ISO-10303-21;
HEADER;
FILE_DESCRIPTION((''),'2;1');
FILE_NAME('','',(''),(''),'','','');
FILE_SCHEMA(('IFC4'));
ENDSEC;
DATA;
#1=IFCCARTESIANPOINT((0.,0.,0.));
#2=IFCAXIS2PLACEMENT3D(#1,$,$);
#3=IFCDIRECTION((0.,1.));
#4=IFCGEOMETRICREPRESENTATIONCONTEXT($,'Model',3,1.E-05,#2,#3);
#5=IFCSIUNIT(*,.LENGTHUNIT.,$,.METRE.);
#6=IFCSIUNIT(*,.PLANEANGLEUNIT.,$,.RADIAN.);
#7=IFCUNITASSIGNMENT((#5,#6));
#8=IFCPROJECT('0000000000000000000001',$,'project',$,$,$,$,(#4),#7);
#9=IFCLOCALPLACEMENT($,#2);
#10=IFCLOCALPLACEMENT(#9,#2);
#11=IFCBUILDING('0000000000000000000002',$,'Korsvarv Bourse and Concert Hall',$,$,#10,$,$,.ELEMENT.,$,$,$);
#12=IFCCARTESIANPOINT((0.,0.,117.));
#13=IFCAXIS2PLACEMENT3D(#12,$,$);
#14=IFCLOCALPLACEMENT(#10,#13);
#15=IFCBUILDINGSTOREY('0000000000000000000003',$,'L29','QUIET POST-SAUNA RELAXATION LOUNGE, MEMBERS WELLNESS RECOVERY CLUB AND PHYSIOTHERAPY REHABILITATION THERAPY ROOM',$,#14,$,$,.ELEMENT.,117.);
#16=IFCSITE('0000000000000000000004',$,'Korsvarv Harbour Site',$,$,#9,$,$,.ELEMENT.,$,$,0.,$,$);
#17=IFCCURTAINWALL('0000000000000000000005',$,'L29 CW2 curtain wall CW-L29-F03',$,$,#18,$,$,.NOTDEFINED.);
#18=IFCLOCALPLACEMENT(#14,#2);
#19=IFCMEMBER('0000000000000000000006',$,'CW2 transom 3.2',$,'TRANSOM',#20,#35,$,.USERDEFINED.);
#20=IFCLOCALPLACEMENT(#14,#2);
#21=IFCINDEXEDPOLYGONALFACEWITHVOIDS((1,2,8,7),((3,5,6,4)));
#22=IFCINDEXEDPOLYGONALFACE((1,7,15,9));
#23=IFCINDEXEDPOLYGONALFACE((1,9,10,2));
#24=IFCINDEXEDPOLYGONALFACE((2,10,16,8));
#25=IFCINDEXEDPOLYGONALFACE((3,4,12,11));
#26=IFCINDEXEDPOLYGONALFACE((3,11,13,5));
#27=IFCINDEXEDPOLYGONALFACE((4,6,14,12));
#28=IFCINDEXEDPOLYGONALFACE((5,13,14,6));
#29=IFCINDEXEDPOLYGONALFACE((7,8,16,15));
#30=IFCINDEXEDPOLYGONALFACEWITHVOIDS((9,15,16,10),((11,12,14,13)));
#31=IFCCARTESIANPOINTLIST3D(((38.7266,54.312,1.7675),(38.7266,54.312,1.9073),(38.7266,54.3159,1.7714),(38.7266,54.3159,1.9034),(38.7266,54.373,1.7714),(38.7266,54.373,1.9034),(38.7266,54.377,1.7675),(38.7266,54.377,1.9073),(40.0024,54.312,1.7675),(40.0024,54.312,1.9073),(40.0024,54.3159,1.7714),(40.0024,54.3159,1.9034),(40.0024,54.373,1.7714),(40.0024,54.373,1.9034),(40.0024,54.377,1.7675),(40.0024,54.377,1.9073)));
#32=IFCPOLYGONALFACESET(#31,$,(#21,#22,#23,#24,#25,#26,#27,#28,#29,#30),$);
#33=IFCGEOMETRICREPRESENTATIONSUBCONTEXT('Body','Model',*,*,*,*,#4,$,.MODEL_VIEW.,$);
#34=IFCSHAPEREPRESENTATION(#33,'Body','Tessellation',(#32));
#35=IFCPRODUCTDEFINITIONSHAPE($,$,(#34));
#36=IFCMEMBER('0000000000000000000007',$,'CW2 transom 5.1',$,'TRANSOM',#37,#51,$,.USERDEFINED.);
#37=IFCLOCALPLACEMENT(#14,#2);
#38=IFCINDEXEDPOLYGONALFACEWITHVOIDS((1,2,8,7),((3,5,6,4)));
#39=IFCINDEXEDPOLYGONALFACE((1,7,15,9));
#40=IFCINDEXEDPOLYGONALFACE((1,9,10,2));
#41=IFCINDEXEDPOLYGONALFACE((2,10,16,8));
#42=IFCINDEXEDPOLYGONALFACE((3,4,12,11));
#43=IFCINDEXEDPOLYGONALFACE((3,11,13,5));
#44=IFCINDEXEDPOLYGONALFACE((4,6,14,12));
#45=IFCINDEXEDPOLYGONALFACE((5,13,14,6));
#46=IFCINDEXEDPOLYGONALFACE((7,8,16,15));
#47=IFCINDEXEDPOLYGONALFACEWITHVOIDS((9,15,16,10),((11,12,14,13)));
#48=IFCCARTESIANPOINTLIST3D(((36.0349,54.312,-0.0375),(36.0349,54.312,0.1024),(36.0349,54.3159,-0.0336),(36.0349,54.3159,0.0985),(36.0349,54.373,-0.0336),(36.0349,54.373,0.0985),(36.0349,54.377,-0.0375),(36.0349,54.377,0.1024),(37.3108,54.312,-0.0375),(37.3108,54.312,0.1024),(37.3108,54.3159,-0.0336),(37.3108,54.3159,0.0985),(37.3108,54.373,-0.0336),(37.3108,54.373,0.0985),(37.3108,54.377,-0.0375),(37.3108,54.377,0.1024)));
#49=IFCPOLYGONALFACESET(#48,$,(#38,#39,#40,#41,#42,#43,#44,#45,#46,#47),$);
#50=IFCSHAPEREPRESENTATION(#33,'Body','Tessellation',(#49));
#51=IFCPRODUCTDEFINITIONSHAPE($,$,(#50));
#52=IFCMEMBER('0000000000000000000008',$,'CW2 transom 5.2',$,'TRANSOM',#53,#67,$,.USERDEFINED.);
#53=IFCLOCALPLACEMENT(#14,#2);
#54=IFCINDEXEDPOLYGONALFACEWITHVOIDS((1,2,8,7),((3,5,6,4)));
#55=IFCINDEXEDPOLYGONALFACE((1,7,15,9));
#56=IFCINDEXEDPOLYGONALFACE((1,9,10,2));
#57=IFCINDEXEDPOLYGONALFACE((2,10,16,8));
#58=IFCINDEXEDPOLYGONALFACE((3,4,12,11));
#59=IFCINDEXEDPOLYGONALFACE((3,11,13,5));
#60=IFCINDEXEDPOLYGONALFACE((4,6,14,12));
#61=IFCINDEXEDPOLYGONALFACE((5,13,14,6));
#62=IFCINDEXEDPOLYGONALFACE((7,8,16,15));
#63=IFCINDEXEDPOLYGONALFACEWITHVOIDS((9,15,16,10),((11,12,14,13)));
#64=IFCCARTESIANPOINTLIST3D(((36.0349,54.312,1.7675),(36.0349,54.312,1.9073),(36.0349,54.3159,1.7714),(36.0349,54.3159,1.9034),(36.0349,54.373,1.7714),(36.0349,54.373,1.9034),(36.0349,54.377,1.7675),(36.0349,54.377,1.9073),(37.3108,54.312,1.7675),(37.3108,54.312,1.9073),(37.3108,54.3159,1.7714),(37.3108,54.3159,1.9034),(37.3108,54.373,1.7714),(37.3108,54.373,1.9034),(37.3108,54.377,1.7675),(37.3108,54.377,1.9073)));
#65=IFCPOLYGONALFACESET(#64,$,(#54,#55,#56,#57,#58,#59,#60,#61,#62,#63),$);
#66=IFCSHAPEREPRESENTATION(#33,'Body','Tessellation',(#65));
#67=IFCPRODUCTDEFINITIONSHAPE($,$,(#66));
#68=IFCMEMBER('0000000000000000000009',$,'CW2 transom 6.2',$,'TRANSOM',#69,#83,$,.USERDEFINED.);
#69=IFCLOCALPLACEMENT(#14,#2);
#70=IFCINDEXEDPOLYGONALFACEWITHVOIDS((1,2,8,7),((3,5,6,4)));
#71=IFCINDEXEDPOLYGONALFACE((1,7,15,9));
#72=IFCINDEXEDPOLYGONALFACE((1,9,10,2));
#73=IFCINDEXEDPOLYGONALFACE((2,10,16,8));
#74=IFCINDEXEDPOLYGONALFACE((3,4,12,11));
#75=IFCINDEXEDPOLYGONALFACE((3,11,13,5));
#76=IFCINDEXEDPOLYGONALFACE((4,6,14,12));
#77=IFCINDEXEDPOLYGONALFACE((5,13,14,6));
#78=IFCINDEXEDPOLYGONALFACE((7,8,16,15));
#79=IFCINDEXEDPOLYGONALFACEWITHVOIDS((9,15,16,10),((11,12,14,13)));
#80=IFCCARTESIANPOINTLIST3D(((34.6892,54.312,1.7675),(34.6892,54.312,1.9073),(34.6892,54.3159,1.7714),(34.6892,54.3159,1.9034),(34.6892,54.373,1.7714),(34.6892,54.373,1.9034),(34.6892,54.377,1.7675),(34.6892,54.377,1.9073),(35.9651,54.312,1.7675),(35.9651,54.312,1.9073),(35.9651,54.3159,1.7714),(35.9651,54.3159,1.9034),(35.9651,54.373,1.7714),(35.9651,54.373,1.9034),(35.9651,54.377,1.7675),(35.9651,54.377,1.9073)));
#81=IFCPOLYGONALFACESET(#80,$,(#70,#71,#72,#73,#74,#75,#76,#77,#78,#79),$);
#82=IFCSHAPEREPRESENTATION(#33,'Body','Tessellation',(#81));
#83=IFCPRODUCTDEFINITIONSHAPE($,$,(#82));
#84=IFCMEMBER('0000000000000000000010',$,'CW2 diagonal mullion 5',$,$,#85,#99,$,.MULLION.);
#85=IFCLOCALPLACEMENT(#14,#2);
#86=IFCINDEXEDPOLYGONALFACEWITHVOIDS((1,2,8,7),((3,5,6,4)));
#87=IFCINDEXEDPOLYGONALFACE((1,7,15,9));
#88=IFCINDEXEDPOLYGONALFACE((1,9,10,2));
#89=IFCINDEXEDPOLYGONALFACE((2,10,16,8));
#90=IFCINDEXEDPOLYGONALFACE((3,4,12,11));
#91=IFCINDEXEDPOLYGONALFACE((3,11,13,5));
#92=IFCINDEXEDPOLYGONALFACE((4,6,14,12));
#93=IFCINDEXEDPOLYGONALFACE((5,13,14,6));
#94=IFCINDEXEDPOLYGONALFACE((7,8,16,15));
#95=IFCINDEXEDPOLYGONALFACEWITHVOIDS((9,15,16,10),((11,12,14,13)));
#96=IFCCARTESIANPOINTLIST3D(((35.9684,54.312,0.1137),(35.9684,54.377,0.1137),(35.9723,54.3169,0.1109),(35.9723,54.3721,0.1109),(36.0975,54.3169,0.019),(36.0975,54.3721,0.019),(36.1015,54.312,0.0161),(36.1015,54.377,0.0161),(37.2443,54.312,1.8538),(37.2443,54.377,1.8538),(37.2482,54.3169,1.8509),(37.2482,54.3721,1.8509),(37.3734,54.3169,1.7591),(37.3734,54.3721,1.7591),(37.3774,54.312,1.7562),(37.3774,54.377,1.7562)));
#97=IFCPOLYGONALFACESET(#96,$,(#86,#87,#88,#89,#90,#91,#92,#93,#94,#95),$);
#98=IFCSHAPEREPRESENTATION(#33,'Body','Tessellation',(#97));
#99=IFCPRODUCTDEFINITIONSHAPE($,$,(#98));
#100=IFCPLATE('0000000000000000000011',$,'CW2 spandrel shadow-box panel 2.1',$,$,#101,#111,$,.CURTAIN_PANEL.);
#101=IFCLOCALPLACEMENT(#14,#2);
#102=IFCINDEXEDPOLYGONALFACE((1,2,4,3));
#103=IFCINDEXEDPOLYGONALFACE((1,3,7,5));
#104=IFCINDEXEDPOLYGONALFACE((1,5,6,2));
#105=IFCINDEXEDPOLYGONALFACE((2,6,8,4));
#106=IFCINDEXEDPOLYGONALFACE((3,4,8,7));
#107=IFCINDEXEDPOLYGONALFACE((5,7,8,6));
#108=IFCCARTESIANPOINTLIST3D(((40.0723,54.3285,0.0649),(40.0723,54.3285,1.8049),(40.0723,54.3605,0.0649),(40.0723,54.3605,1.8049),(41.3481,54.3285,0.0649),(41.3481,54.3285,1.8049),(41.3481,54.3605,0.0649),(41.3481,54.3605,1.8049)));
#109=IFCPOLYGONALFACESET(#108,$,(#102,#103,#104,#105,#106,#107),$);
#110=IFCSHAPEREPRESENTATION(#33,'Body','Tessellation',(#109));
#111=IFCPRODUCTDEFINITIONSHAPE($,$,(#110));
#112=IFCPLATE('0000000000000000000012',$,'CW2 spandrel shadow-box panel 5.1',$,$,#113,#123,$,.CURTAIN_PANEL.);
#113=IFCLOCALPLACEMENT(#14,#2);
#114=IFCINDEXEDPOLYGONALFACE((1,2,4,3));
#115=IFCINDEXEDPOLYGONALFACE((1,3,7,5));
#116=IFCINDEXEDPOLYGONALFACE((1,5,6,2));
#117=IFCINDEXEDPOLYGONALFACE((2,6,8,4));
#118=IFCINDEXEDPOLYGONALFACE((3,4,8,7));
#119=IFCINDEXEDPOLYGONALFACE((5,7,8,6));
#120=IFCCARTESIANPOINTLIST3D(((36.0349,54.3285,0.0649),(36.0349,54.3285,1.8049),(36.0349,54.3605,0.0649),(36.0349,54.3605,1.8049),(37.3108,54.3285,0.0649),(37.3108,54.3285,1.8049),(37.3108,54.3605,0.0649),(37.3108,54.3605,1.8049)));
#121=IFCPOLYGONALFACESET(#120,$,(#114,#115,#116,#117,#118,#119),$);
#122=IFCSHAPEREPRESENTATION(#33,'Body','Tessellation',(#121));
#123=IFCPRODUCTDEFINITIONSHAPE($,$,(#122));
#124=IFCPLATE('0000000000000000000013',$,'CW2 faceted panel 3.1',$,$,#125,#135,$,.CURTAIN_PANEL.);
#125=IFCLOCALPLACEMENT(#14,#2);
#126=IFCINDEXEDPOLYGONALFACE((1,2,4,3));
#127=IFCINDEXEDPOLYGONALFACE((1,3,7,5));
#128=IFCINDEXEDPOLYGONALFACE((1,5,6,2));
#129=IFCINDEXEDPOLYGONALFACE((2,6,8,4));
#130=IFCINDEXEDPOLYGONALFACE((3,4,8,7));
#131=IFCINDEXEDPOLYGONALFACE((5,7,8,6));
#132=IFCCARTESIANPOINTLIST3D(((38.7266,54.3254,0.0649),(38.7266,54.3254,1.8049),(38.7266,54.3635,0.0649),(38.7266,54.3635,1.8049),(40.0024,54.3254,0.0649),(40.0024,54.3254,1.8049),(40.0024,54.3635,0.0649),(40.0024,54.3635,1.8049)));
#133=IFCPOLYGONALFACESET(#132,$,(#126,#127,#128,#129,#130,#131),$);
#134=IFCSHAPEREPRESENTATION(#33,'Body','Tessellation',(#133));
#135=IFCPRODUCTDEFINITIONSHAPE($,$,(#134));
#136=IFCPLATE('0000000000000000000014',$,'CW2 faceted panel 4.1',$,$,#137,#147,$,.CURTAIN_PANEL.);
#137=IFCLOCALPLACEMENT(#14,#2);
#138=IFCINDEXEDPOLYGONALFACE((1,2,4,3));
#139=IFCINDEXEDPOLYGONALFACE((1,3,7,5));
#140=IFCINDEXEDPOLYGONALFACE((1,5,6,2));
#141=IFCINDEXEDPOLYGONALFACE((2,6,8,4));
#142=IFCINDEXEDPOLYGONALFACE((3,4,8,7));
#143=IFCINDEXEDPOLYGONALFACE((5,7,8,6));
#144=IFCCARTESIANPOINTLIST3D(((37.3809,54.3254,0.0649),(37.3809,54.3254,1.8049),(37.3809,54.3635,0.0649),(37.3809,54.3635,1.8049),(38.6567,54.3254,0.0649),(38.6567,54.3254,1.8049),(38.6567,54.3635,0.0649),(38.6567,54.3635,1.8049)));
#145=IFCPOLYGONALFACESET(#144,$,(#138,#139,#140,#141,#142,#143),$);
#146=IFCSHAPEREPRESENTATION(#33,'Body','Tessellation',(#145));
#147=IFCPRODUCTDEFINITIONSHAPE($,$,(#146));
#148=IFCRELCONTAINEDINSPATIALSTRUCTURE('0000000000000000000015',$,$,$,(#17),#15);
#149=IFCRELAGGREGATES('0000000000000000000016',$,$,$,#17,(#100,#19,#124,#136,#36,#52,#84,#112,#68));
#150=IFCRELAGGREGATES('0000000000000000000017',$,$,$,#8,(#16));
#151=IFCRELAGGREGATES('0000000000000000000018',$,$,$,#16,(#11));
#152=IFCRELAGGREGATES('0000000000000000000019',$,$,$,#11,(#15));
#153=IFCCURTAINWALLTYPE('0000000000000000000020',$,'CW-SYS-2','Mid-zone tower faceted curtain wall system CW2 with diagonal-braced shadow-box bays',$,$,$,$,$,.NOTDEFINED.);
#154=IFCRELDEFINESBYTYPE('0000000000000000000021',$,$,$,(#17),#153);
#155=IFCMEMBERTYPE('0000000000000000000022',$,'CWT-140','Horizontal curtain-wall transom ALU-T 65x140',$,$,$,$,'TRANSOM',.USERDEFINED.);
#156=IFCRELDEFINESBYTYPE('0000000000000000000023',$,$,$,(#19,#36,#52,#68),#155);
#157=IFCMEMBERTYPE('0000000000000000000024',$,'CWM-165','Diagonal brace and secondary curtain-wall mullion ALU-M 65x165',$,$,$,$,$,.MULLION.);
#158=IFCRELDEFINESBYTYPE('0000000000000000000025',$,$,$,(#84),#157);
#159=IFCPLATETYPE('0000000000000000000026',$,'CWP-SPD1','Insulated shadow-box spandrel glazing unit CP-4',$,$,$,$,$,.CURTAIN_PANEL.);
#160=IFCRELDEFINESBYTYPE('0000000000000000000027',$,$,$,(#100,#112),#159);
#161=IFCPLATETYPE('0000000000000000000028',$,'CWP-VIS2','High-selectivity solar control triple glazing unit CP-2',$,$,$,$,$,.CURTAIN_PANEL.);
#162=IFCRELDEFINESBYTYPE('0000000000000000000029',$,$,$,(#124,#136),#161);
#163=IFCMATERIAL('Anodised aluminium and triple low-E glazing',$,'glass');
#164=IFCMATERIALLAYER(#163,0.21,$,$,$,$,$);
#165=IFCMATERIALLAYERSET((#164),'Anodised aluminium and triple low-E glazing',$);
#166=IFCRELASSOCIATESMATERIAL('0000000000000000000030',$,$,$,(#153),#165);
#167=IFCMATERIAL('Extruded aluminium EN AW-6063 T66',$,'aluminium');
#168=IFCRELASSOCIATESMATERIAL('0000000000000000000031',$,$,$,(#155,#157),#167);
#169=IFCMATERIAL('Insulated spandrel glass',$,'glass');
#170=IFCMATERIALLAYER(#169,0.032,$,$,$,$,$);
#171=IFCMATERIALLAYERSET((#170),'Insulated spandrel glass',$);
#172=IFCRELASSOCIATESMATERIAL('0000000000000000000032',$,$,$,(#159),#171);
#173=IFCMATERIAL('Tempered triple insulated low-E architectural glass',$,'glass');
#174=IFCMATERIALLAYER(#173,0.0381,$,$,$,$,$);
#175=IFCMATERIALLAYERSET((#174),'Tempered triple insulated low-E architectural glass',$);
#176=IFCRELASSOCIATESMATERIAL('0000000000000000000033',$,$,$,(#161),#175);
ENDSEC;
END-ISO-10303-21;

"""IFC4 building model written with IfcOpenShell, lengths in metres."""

from ifc_helpers import new_model, si_unit, direction, frame, origin, origin_2d, place, context, subcontext, project, spatial, rectangle, hollow_rectangle, extrude, source, transform, mapped, material, layer, layer_set, material_profile, profile_set, type_object, element, aggregate, save


model = new_model("IFC4")

# Units and contexts
model_context = context("Model", 3, precision=1e-05, world=origin(), true_north=direction((0.0, 1.0)))
body_context = subcontext(model_context, "Body", "Model", "MODEL_VIEW")
ifc_project = project(units=[si_unit("LENGTHUNIT", "METRE"), si_unit("PLANEANGLEUNIT", "RADIAN")], contexts=[model_context])

# Site, building, storey
site_placement = place(None, origin())
site = spatial("IfcSite", under=ifc_project, at=site_placement, Name="Korsvarv Harbour Site", CompositionType="ELEMENT", RefElevation=0.0)
building_placement = place(site_placement, origin())
building = spatial("IfcBuilding", under=site, at=building_placement, Name="Korsvarv Bourse and Concert Hall", CompositionType="ELEMENT")
storey_placement = place(building_placement, frame((0.0, 0.0, 117.0)))
storey = spatial("IfcBuildingStorey", under=building, at=storey_placement, Name="L29", Description="QUIET POST-SAUNA RELAXATION LOUNGE, MEMBERS WELLNESS RECOVERY CLUB AND PHYSIOTHERAPY REHABILITATION THERAPY ROOM", CompositionType="ELEMENT", Elevation=117.0)

# Curtain wall, members, plates
ifc_material_1 = material(Name="Anodised aluminium and triple low-E glazing", Category="glass")
ifc_layer_1 = layer(ifc_material_1, 0.21)
ifc_layer_set_1 = layer_set([ifc_layer_1], Name="Anodised aluminium and triple low-E glazing")
curtain_wall_type = type_object("IfcCurtainWallType", Name="CW-SYS-2", Description="Mid-zone tower faceted curtain wall system CW2 with diagonal-braced shadow-box bays", PredefinedType="NOTDEFINED", material=ifc_layer_set_1)
curtain_wall_placement = place(storey_placement, origin())
curtain_wall = element("IfcCurtainWall", 1, at=curtain_wall_placement, inside=storey, type_object=curtain_wall_type, Name="L29 CW2 curtain wall CW-L29-F03", PredefinedType="NOTDEFINED")
ifc_material_2 = material(Name="Extruded aluminium EN AW-6063 T66", Category="aluminium")
ifc_material_profile_1 = material_profile(ifc_material_2, hollow_rectangle(XDim=0.0649, YDim=0.1399, WallThickness=0.0039, at=origin_2d()), Name="ALU-T 65x140")
ifc_profile_set_1 = profile_set([ifc_material_profile_1], Name="Extruded aluminium EN AW-6063 T66")
member_type_1 = type_object("IfcMemberType", Name="CWT-140", Description="Horizontal curtain-wall transom ALU-T 65x140", ElementType="TRANSOM", PredefinedType="USERDEFINED", material=ifc_profile_set_1)
ifc_material_profile_2 = material_profile(ifc_material_2, hollow_rectangle(XDim=0.0649, YDim=0.165, WallThickness=0.0049, at=origin_2d()), Name="ALU-M 65x165")
ifc_profile_set_2 = profile_set([ifc_material_profile_2], Name="Extruded aluminium EN AW-6063 T66")
member_type_2 = type_object("IfcMemberType", Name="CWM-165", Description="Diagonal brace and secondary curtain-wall mullion ALU-M 65x165", PredefinedType="MULLION", material=ifc_profile_set_2)
shared_shape_1 = source(origin(), body_context, "Body", "SweptSolid", [
    extrude(hollow_rectangle(XDim=0.0649, YDim=0.1399, WallThickness=0.0039, at=origin_2d()), origin(), (0.0, 0.0, 1.0), 1.2759),
])
member_1_placement = place(storey_placement, frame((40.0024, 54.3445, 1.8374), z_axis=(-1.0, 0.0, 0.0), x_axis=(0.0, -1.0, 0.0)))
member_1 = element("IfcMember", 2, at=member_1_placement, type_object=member_type_1, Name="CW2 transom 3.2", ObjectType="TRANSOM", PredefinedType="USERDEFINED", context=body_context, shape_type="MappedRepresentation", body=[
    mapped(shared_shape_1, transform((0.0, 0.0, 0.0), scale=1.0)),
])
member_2_placement = place(storey_placement, frame((37.3108, 54.3445, 0.0325), z_axis=(-1.0, 0.0, 0.0), x_axis=(0.0, -1.0, 0.0)))
member_2 = element("IfcMember", 3, at=member_2_placement, type_object=member_type_1, Name="CW2 transom 5.1", ObjectType="TRANSOM", PredefinedType="USERDEFINED", context=body_context, shape_type="MappedRepresentation", body=[
    mapped(shared_shape_1, transform((0.0, 0.0, 0.0), scale=1.0)),
])
member_3_placement = place(storey_placement, frame((37.3108, 54.3445, 1.8374), z_axis=(-1.0, 0.0, 0.0), x_axis=(0.0, -1.0, 0.0)))
member_3 = element("IfcMember", 4, at=member_3_placement, type_object=member_type_1, Name="CW2 transom 5.2", ObjectType="TRANSOM", PredefinedType="USERDEFINED", context=body_context, shape_type="MappedRepresentation", body=[
    mapped(shared_shape_1, transform((0.0, 0.0, 0.0), scale=1.0)),
])
member_4_placement = place(storey_placement, frame((35.9651, 54.3445, 1.8374), z_axis=(-1.0, 0.0, 0.0), x_axis=(0.0, -1.0, 0.0)))
member_4 = element("IfcMember", 5, at=member_4_placement, type_object=member_type_1, Name="CW2 transom 6.2", ObjectType="TRANSOM", PredefinedType="USERDEFINED", context=body_context, shape_type="MappedRepresentation", body=[
    mapped(shared_shape_1, transform((0.0, 0.0, 0.0), scale=1.0)),
])
shared_shape_2 = source(origin(), body_context, "Body", "SweptSolid", [
    extrude(hollow_rectangle(XDim=0.0649, YDim=0.165, WallThickness=0.0049, at=origin_2d()), origin(), (0.0, 0.0, 1.0), 2.1577),
])
member_5_placement = place(storey_placement, frame((36.0349, 54.3445, 0.0649), z_axis=(0.591329, 0.0, 0.80643), x_axis=(0.0, 1.0, 0.0)))
member_5 = element("IfcMember", 6, at=member_5_placement, type_object=member_type_2, Name="CW2 diagonal mullion 5", PredefinedType="MULLION", context=body_context, shape_type="MappedRepresentation", body=[
    mapped(shared_shape_2, transform((0.0, 0.0, 0.0), scale=1.0)),
])
ifc_material_3 = material(Name="Insulated spandrel glass", Category="glass")
ifc_layer_2 = layer(ifc_material_3, 0.032)
ifc_layer_set_2 = layer_set([ifc_layer_2], Name="Insulated spandrel glass")
plate_type_1 = type_object("IfcPlateType", Name="CWP-SPD1", Description="Insulated shadow-box spandrel glazing unit CP-4", PredefinedType="CURTAIN_PANEL", material=ifc_layer_set_2)
shared_shape_3 = source(origin(), body_context, "Body", "SweptSolid", [
    extrude(rectangle(XDim=1.2759, YDim=0.032, at=origin_2d()), origin(), (0.0, 0.0, 1.0), 1.74),
])
plate_1_placement = place(storey_placement, frame((40.7102, 54.3445, 0.0649), z_axis=(0.0, 0.0, 1.0), x_axis=(-1.0, 0.0, 0.0)))
plate_1 = element("IfcPlate", 7, at=plate_1_placement, type_object=plate_type_1, Name="CW2 spandrel shadow-box panel 2.1", PredefinedType="CURTAIN_PANEL", context=body_context, shape_type="MappedRepresentation", body=[
    mapped(shared_shape_3, transform((0.0, 0.0, 0.0), scale=1.0)),
])
plate_2_placement = place(storey_placement, frame((36.6729, 54.3445, 0.0649), z_axis=(0.0, 0.0, 1.0), x_axis=(-1.0, 0.0, 0.0)))
plate_2 = element("IfcPlate", 8, at=plate_2_placement, type_object=plate_type_1, Name="CW2 spandrel shadow-box panel 5.1", PredefinedType="CURTAIN_PANEL", context=body_context, shape_type="MappedRepresentation", body=[
    mapped(shared_shape_3, transform((0.0, 0.0, 0.0), scale=1.0)),
])
ifc_material_4 = material(Name="Tempered triple insulated low-E architectural glass", Category="glass")
ifc_layer_3 = layer(ifc_material_4, 0.0381)
ifc_layer_set_3 = layer_set([ifc_layer_3], Name="Tempered triple insulated low-E architectural glass")
plate_type_2 = type_object("IfcPlateType", Name="CWP-VIS2", Description="High-selectivity solar control triple glazing unit CP-2", PredefinedType="CURTAIN_PANEL", material=ifc_layer_set_3)
shared_shape_4 = source(origin(), body_context, "Body", "SweptSolid", [
    extrude(rectangle(XDim=1.2759, YDim=0.0381, at=origin_2d()), origin(), (0.0, 0.0, 1.0), 1.74),
])
plate_3_placement = place(storey_placement, frame((39.3645, 54.3445, 0.0649), z_axis=(0.0, 0.0, 1.0), x_axis=(-1.0, 0.0, 0.0)))
plate_3 = element("IfcPlate", 9, at=plate_3_placement, type_object=plate_type_2, Name="CW2 faceted panel 3.1", PredefinedType="CURTAIN_PANEL", context=body_context, shape_type="MappedRepresentation", body=[
    mapped(shared_shape_4, transform((0.0, 0.0, 0.0), scale=1.0)),
])
plate_4_placement = place(storey_placement, frame((38.0188, 54.3445, 0.0649), z_axis=(0.0, 0.0, 1.0), x_axis=(-1.0, 0.0, 0.0)))
plate_4 = element("IfcPlate", 10, at=plate_4_placement, type_object=plate_type_2, Name="CW2 faceted panel 4.1", PredefinedType="CURTAIN_PANEL", context=body_context, shape_type="MappedRepresentation", body=[
    mapped(shared_shape_4, transform((0.0, 0.0, 0.0), scale=1.0)),
])
aggregate(curtain_wall, [plate_1, member_1, plate_3, plate_4, member_2, member_3, member_5, plate_2, member_4])

save(model, "model.ifc")
